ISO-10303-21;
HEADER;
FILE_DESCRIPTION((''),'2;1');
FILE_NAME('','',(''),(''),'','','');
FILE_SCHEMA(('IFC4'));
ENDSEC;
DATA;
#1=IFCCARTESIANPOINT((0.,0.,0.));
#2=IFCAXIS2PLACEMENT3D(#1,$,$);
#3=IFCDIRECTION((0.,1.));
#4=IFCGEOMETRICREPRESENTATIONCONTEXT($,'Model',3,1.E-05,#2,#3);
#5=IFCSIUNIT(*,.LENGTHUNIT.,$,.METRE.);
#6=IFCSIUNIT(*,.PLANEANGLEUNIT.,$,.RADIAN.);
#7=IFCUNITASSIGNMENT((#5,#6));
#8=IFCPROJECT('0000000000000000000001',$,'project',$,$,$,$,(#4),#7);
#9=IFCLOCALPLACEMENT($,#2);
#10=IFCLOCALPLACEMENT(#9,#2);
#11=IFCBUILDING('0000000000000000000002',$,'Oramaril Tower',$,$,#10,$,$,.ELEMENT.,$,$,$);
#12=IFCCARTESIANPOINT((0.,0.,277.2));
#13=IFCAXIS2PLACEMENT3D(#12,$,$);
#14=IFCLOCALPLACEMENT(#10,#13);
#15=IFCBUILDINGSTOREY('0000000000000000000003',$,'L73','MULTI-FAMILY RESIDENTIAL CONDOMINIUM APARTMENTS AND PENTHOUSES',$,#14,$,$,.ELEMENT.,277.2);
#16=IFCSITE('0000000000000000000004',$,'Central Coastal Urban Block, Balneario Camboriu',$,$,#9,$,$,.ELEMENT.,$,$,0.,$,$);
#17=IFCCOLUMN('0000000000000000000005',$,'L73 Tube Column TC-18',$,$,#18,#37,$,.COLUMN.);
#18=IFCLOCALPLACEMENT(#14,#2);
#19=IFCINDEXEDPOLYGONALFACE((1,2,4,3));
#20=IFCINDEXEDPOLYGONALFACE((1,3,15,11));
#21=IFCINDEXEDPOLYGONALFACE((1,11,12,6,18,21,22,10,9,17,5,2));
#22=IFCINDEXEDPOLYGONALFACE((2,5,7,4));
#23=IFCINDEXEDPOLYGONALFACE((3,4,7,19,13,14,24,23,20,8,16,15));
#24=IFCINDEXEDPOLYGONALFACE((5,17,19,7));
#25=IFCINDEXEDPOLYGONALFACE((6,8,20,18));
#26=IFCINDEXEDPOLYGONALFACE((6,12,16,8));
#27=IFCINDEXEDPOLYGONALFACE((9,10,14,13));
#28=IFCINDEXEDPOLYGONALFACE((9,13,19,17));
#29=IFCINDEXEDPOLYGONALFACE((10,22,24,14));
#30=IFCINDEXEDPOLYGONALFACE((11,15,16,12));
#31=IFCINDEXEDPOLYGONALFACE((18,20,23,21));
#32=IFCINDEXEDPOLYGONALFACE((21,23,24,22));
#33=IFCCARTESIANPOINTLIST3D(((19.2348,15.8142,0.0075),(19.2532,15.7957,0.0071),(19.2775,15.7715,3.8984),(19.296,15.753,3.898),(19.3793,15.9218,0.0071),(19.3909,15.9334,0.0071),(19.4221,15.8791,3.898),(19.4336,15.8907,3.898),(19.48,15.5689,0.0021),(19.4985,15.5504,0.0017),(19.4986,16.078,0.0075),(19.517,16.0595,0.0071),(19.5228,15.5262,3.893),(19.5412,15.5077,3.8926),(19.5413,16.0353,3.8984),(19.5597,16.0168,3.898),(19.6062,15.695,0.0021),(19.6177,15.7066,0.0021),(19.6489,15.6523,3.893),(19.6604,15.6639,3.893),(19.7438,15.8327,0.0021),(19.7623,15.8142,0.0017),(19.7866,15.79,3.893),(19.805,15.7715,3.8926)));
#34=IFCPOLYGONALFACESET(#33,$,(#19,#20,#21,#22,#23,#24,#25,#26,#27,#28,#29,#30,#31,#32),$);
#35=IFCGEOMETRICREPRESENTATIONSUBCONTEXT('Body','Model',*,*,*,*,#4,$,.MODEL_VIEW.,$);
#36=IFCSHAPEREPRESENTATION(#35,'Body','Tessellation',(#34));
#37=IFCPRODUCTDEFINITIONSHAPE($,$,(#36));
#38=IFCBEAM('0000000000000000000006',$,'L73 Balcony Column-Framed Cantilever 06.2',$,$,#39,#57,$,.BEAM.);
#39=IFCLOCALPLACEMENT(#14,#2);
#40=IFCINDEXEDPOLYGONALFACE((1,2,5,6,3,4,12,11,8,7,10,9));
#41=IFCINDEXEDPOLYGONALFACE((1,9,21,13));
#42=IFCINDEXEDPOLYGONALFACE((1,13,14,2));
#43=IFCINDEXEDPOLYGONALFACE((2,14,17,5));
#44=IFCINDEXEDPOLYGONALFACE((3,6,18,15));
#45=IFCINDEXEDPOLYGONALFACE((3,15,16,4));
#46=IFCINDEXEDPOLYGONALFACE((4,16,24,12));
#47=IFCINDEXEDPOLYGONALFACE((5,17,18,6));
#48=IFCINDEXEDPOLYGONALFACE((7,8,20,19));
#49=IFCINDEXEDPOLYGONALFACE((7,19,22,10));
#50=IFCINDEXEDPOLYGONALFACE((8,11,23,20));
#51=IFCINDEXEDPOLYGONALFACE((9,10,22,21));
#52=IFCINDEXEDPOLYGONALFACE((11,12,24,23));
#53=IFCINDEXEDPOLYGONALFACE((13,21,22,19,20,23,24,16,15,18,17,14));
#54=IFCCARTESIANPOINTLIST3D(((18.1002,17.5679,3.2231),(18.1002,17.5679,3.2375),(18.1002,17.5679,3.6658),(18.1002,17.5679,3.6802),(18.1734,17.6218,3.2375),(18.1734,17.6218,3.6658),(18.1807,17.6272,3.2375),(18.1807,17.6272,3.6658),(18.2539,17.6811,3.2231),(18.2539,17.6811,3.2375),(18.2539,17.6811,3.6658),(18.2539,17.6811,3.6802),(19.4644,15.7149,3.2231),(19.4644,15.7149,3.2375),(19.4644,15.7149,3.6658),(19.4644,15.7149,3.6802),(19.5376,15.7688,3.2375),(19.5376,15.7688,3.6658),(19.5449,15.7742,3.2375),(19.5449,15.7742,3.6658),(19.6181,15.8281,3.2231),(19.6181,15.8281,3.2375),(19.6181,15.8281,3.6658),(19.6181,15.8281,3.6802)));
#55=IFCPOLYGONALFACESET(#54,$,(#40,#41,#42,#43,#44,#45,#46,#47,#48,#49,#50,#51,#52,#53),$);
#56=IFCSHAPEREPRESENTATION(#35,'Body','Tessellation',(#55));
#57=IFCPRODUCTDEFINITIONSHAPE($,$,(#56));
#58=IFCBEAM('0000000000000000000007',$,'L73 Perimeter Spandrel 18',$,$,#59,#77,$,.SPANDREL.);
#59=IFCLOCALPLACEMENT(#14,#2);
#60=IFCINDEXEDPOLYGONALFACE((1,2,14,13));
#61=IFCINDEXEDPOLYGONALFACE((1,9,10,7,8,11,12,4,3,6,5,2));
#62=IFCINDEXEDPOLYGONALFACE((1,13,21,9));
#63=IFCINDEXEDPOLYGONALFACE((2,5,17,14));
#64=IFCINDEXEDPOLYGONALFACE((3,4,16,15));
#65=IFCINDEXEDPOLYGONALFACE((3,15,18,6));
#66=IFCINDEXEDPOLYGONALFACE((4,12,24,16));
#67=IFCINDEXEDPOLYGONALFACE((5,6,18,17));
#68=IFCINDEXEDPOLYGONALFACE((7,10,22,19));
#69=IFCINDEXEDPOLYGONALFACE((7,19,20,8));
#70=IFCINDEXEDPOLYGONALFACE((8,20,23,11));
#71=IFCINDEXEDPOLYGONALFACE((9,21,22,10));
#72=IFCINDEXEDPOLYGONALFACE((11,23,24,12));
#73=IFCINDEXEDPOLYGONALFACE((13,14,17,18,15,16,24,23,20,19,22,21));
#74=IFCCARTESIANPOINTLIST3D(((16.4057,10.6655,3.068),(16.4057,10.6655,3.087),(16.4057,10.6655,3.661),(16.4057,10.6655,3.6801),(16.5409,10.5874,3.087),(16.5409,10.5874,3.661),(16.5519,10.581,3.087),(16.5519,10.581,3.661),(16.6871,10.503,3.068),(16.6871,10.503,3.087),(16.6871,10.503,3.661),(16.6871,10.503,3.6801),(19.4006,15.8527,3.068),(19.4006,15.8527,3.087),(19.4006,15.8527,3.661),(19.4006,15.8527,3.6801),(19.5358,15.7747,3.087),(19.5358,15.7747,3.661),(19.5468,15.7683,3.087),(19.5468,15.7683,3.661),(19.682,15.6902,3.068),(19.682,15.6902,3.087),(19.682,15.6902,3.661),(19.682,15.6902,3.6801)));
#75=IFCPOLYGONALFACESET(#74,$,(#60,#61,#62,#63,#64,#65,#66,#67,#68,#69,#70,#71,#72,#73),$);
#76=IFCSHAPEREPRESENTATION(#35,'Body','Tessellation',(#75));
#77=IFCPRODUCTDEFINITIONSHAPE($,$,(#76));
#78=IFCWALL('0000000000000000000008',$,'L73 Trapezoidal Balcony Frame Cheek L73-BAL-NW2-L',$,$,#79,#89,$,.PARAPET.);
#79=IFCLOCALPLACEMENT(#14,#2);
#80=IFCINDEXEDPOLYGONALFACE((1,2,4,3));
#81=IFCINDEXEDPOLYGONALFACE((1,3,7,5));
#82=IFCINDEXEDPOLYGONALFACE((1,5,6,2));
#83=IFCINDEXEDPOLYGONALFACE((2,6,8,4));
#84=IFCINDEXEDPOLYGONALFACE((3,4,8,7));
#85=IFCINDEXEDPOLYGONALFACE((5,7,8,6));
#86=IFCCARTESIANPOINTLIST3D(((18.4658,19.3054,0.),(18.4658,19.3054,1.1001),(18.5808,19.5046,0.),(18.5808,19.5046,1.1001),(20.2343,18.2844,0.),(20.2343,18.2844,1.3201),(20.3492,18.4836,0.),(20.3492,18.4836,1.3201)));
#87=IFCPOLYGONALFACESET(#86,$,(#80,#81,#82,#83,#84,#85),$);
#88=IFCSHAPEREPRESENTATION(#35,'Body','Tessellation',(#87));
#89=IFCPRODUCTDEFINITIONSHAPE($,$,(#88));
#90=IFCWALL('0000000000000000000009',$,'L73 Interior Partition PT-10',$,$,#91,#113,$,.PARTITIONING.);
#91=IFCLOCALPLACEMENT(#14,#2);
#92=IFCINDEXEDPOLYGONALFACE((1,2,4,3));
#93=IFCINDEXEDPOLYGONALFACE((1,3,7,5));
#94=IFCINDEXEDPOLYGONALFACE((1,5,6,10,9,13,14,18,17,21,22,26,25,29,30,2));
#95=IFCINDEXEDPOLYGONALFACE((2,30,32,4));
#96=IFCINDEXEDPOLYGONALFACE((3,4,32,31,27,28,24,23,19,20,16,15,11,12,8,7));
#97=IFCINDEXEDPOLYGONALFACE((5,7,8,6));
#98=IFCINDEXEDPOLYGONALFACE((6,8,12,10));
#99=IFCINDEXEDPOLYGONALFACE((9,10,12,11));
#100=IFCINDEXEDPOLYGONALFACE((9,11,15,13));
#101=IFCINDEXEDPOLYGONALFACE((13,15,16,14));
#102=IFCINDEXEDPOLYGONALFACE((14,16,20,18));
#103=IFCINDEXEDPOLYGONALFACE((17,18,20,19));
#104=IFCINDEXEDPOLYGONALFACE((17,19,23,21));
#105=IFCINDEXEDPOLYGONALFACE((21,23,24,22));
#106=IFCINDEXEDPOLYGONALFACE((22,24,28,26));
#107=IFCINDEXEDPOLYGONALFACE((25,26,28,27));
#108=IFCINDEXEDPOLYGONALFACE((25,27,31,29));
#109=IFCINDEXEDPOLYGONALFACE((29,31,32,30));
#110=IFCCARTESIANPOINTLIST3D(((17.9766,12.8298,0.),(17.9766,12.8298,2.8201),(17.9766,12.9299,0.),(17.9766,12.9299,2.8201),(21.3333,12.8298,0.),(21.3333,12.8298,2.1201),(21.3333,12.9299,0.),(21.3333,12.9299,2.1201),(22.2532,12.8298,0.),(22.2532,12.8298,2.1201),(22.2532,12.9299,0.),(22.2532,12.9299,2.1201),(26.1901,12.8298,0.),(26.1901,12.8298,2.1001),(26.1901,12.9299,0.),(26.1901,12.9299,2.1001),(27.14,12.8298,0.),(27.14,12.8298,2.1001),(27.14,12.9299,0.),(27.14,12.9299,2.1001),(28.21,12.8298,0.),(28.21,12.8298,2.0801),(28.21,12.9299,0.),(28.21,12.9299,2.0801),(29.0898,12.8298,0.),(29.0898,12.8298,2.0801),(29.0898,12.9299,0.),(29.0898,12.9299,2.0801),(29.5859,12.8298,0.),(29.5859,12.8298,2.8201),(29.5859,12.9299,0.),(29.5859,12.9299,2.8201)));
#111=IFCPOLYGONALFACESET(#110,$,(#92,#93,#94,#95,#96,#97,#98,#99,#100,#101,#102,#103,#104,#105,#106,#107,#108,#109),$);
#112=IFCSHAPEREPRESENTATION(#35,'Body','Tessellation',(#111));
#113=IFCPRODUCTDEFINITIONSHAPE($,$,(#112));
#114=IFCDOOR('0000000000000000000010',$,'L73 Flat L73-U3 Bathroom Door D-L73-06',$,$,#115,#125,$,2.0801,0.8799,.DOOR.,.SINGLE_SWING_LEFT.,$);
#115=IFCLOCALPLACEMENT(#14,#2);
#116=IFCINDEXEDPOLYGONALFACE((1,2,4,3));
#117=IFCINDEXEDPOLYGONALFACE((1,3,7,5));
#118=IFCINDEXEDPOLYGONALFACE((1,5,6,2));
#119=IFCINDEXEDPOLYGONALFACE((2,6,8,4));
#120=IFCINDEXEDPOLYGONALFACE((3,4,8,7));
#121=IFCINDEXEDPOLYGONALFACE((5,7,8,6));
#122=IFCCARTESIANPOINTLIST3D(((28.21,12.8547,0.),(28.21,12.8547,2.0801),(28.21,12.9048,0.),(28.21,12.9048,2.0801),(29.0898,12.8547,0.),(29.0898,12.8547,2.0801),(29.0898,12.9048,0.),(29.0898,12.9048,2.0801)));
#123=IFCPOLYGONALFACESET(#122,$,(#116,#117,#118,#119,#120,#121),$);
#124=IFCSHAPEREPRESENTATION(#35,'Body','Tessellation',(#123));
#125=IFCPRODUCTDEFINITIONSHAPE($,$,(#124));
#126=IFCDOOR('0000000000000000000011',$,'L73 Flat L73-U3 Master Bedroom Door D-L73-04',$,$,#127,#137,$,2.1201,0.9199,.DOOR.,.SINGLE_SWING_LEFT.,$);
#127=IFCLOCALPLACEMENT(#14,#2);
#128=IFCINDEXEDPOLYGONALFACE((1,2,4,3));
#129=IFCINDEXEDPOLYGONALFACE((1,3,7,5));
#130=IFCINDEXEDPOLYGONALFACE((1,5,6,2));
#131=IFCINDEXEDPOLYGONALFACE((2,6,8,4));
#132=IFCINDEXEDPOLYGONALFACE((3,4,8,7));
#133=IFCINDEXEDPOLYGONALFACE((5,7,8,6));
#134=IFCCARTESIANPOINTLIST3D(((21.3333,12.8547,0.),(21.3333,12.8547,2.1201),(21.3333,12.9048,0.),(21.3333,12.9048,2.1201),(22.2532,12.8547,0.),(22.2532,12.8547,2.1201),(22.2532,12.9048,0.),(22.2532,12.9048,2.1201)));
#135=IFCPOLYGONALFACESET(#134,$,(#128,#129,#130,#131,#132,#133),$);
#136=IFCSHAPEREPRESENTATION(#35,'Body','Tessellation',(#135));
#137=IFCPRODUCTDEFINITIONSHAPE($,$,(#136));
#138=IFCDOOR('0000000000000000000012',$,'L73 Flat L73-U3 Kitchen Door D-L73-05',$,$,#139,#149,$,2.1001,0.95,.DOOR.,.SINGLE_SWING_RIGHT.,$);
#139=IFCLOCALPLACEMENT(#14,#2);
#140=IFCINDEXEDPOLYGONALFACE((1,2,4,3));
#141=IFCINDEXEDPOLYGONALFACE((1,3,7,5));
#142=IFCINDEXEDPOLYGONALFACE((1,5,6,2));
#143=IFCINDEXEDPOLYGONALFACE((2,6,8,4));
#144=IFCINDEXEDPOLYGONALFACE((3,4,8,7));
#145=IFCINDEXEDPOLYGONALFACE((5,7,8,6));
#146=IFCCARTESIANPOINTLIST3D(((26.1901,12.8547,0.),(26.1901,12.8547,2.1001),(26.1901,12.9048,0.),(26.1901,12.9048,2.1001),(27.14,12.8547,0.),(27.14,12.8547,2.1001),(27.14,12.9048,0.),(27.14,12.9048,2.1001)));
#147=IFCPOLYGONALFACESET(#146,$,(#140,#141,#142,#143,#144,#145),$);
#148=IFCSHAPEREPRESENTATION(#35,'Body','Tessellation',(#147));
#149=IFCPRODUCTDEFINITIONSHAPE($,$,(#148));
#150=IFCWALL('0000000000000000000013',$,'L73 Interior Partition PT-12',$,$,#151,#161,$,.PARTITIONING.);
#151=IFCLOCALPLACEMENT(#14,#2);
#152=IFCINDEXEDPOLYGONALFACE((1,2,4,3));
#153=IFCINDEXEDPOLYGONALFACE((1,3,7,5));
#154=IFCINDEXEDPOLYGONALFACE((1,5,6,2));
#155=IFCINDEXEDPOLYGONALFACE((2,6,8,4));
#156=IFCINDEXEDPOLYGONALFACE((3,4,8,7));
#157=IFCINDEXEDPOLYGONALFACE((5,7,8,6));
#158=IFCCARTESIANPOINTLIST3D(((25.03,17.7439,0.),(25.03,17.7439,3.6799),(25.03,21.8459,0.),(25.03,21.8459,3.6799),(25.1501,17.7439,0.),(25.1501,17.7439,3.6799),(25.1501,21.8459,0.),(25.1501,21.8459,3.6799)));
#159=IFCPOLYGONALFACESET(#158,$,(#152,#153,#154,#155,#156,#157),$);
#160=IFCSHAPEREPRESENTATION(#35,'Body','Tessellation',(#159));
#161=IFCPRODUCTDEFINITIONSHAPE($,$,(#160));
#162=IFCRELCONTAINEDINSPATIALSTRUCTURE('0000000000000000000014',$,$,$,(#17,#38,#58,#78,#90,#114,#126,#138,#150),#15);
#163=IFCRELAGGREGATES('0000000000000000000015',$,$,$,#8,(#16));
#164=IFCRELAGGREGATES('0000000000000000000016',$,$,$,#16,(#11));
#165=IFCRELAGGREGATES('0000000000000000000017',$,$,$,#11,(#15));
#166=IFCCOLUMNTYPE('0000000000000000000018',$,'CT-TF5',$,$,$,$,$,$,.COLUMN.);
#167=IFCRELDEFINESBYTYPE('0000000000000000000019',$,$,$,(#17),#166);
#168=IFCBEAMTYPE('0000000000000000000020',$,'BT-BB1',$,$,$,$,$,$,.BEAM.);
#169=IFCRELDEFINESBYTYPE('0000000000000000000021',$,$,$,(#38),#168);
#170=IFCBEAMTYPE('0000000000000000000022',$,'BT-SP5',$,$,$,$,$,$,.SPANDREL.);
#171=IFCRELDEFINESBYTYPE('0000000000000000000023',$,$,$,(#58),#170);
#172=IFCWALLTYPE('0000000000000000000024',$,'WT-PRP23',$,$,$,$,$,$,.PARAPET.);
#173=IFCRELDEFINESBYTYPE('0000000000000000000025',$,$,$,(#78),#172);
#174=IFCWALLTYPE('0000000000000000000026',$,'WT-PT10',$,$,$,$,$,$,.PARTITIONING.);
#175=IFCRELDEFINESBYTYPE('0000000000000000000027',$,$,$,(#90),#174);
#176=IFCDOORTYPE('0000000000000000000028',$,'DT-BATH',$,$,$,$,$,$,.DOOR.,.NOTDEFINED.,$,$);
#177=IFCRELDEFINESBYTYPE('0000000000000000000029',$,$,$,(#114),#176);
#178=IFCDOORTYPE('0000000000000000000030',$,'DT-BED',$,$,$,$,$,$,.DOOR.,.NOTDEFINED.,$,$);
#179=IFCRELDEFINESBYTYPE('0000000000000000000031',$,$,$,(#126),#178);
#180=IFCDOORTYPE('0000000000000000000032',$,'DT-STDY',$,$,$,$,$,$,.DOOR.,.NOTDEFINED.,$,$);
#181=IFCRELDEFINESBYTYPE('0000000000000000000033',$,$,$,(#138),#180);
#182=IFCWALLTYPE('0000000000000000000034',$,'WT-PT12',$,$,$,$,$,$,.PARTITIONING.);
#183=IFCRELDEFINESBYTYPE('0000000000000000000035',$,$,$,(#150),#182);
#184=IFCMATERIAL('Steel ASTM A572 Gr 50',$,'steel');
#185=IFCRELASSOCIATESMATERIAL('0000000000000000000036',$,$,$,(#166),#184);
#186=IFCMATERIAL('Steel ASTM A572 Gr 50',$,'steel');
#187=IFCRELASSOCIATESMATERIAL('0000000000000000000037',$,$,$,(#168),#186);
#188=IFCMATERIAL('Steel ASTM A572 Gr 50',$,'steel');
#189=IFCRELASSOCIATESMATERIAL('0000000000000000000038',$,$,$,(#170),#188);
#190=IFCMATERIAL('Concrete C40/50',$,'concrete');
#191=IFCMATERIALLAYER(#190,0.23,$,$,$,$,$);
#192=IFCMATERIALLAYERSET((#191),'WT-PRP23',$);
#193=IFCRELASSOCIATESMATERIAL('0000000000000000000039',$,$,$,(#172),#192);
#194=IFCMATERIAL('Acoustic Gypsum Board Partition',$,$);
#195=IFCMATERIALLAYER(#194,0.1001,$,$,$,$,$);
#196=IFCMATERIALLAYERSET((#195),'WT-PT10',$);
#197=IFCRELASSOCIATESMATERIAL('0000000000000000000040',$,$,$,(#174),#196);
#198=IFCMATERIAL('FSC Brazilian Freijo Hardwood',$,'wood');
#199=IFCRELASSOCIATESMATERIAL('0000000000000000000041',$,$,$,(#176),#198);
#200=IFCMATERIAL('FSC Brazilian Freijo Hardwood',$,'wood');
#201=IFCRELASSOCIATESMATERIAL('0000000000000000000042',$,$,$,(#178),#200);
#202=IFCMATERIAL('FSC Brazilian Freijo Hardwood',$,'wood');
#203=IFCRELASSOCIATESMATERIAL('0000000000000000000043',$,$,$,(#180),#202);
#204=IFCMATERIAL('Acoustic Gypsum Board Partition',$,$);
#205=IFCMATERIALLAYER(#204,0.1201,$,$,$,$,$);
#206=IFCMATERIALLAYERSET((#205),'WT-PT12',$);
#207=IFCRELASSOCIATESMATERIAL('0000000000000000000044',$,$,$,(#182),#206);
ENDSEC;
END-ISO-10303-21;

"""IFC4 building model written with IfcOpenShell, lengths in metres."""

from ifc_helpers import new_model, si_unit, direction, frame, frame_2d, origin, origin_2d, place, context, subcontext, project, spatial, polyline, rectangle, i_section, outline, extrude, material, layer, layer_set, material_profile, profile_set, type_object, element, fill, save


model = new_model("IFC4")

# Units and contexts
model_context = context("Model", 3, precision=1e-05, world=origin(), true_north=direction((0.0, 1.0)))
body_context = subcontext(model_context, "Body", "Model", "MODEL_VIEW")
ifc_project = project(units=[si_unit("LENGTHUNIT", "METRE"), si_unit("PLANEANGLEUNIT", "RADIAN")], contexts=[model_context])

# Site, building, storey
site_placement = place(None, origin())
site = spatial("IfcSite", under=ifc_project, at=site_placement, Name="Central Coastal Urban Block, Balneario Camboriu", CompositionType="ELEMENT", RefElevation=0.0)
building_placement = place(site_placement, origin())
building = spatial("IfcBuilding", under=site, at=building_placement, Name="Oramaril Tower", CompositionType="ELEMENT")
storey_placement = place(building_placement, frame((0.0, 0.0, 277.2)))
storey = spatial("IfcBuildingStorey", under=building, at=storey_placement, Name="L73", Description="MULTI-FAMILY RESIDENTIAL CONDOMINIUM APARTMENTS AND PENTHOUSES", CompositionType="ELEMENT", Elevation=277.2)

# Column
ifc_material_1 = material(Name="Steel ASTM A572 Gr 50", Category="steel")
ifc_material_profile_1 = material_profile(ifc_material_1, i_section(OverallWidth=0.373, OverallDepth=0.373, WebThickness=0.0164, FlangeThickness=0.0261, at=origin_2d()), Name="W14X132")
ifc_profile_set_1 = profile_set([ifc_material_profile_1], Name="Steel ASTM A572 Gr 50")
column_type = type_object("IfcColumnType", Name="CT-TF5", PredefinedType="COLUMN", material=ifc_profile_set_1)
column_placement = place(storey_placement, frame((19.4985, 15.8142, 0.0046), z_axis=(0.010979, -0.010979, 0.999879), x_axis=(0.707107, 0.707107, 0.0)))
element("IfcColumn", 1, at=column_placement, inside=storey, type_object=column_type, Name="L73 Tube Column TC-18", PredefinedType="COLUMN", context=body_context, shape_type="SweptSolid", body=[
    extrude(i_section(OverallWidth=0.373, OverallDepth=0.373, WebThickness=0.0164, FlangeThickness=0.0261, at=origin_2d()), origin(), (0.0, 0.0, 1.0), 3.8914),
])

# Beams
ifc_material_2 = material(Name="Steel ASTM A572 Gr 50", Category="steel")
ifc_material_profile_2 = material_profile(ifc_material_2, i_section(OverallWidth=0.1909, OverallDepth=0.457, WebThickness=0.009, FlangeThickness=0.0144, at=origin_2d()), Name="W18X50")
ifc_profile_set_2 = profile_set([ifc_material_profile_2], Name="Steel ASTM A572 Gr 50")
beam_type_1 = type_object("IfcBeamType", Name="BT-BB1", PredefinedType="BEAM", material=ifc_profile_set_2)
beam_1_placement = place(storey_placement, frame((19.5413, 15.7715, 3.4517), z_axis=(-0.592881, 0.80529, 0.0), x_axis=(-0.80529, -0.592881, 0.0)))
element("IfcBeam", 2, at=beam_1_placement, inside=storey, type_object=beam_type_1, Name="L73 Balcony Column-Framed Cantilever 06.2", PredefinedType="BEAM", context=body_context, shape_type="SweptSolid", body=[
    extrude(i_section(OverallWidth=0.1909, OverallDepth=0.457, WebThickness=0.009, FlangeThickness=0.0144, at=origin_2d()), origin(), (0.0, 0.0, 1.0), 2.301),
])
ifc_material_3 = material(Name="Steel ASTM A572 Gr 50", Category="steel")
ifc_material_profile_3 = material_profile(ifc_material_3, i_section(OverallWidth=0.325, OverallDepth=0.6121, WebThickness=0.0127, FlangeThickness=0.019, at=origin_2d()), Name="W24X104")
ifc_profile_set_3 = profile_set([ifc_material_profile_3], Name="Steel ASTM A572 Gr 50")
beam_type_2 = type_object("IfcBeamType", Name="BT-SP5", PredefinedType="SPANDREL", material=ifc_profile_set_3)
beam_2_placement = place(storey_placement, frame((19.5413, 15.7715, 3.374), z_axis=(-0.500001, -0.866025, 0.0), x_axis=(0.866025, -0.500001, 0.0)))
element("IfcBeam", 3, at=beam_2_placement, inside=storey, type_object=beam_type_2, Name="L73 Perimeter Spandrel 18", PredefinedType="SPANDREL", context=body_context, shape_type="SweptSolid", body=[
    extrude(i_section(OverallWidth=0.325, OverallDepth=0.6121, WebThickness=0.0127, FlangeThickness=0.019, at=origin_2d()), origin(), (0.0, 0.0, 1.0), 5.9897),
])

# Wall
ifc_material_4 = material(Name="Concrete C40/50", Category="concrete")
ifc_layer_1 = layer(ifc_material_4, 0.23)
ifc_layer_set_1 = layer_set([ifc_layer_1], Name="WT-PRP23")
wall_type_1 = type_object("IfcWallType", Name="WT-PRP23", PredefinedType="PARAPET", material=ifc_layer_set_1)
wall_1_placement = place(storey_placement, frame((20.2917, 18.384, 0.0), z_axis=(0.0, 0.0, 1.0), x_axis=(-0.866042, 0.499971, 0.0)))
element("IfcWall", 4, at=wall_1_placement, inside=storey, type_object=wall_type_1, Name="L73 Trapezoidal Balcony Frame Cheek L73-BAL-NW2-L", PredefinedType="PARAPET", context=body_context, shape_type="SweptSolid", body=[
    extrude(outline(polyline([(0.0, 0.0), (2.042, 0.0), (2.042, 1.1001), (0.0, 1.3201), (0.0, 0.0)])), frame((0.0, 0.115, 0.0), z_axis=(0.0, -1.0, 0.0), x_axis=(1.0, 0.0, 0.0)), (0.0, 0.0, 1.0), 0.23),
])

# Wall, openings, doors
ifc_material_5 = material(Name="Acoustic Gypsum Board Partition")
ifc_layer_2 = layer(ifc_material_5, 0.1001)
ifc_layer_set_2 = layer_set([ifc_layer_2], Name="WT-PT10")
wall_type_2 = type_object("IfcWallType", Name="WT-PT10", PredefinedType="PARTITIONING", material=ifc_layer_set_2)
wall_2_placement = place(storey_placement, frame((17.9766, 12.8799, 0.0), z_axis=(0.0, 0.0, 1.0), x_axis=(1.0, 0.0, 0.0)))
wall_2 = element("IfcWall", 5, at=wall_2_placement, inside=storey, type_object=wall_type_2, Name="L73 Interior Partition PT-10", PredefinedType="PARTITIONING", context=body_context, shape_type="SweptSolid", body=[
    extrude(rectangle(XDim=11.6094, YDim=0.1001, at=frame_2d((5.8047, 0.0))), origin(), (0.0, 0.0, 1.0), 2.8201),
])
opening_1_placement = place(wall_2_placement, frame((3.3567, 0.0, 0.0)))
opening_1 = element("IfcOpeningElement", 6, at=opening_1_placement, cuts=wall_2, PredefinedType="OPENING", context=body_context, shape_type="SweptSolid", body=[
    extrude(rectangle(XDim=0.9199, YDim=2.1201, at=frame_2d((0.46, 1.0601))), frame((0.0, 0.05, 0.0), z_axis=(0.0, -1.0, 0.0), x_axis=(1.0, 0.0, 0.0)), (0.0, 0.0, 1.0), 0.1001),
])
opening_2_placement = place(wall_2_placement, frame((8.2134, 0.0, 0.0)))
opening_2 = element("IfcOpeningElement", 7, at=opening_2_placement, cuts=wall_2, PredefinedType="OPENING", context=body_context, shape_type="SweptSolid", body=[
    extrude(rectangle(XDim=0.95, YDim=2.1001, at=frame_2d((0.4751, 1.05))), frame((0.0, 0.05, 0.0), z_axis=(0.0, -1.0, 0.0), x_axis=(1.0, 0.0, 0.0)), (0.0, 0.0, 1.0), 0.1001),
])
opening_3_placement = place(wall_2_placement, frame((10.2334, 0.0, 0.0)))
opening_3 = element("IfcOpeningElement", 8, at=opening_3_placement, cuts=wall_2, PredefinedType="OPENING", context=body_context, shape_type="SweptSolid", body=[
    extrude(rectangle(XDim=0.8799, YDim=2.0801, at=frame_2d((0.4399, 1.04))), frame((0.0, 0.05, 0.0), z_axis=(0.0, -1.0, 0.0), x_axis=(1.0, 0.0, 0.0)), (0.0, 0.0, 1.0), 0.1001),
])
ifc_material_6 = material(Name="FSC Brazilian Freijo Hardwood", Category="wood")
door_type_1 = type_object("IfcDoorType", Name="DT-BATH", OperationType="NOTDEFINED", PredefinedType="DOOR", material=ifc_material_6)
door_1_placement = place(opening_3_placement, origin())
door_1 = element("IfcDoor", 9, at=door_1_placement, inside=storey, type_object=door_type_1, Name="L73 Flat L73-U3 Bathroom Door D-L73-06", OperationType="SINGLE_SWING_LEFT", OverallHeight=2.0801, OverallWidth=0.8799, PredefinedType="DOOR", context=body_context, shape_type="SweptSolid", body=[
    extrude(rectangle(XDim=0.8799, YDim=2.0801, at=frame_2d((0.4399, 1.04))), frame((0.0, 0.0249, 0.0), z_axis=(0.0, -1.0, 0.0), x_axis=(1.0, 0.0, 0.0)), (0.0, 0.0, 1.0), 0.05),
])
fill(opening_3, door_1)
ifc_material_7 = material(Name="FSC Brazilian Freijo Hardwood", Category="wood")
door_type_2 = type_object("IfcDoorType", Name="DT-BED", OperationType="NOTDEFINED", PredefinedType="DOOR", material=ifc_material_7)
door_2_placement = place(opening_1_placement, origin())
door_2 = element("IfcDoor", 10, at=door_2_placement, inside=storey, type_object=door_type_2, Name="L73 Flat L73-U3 Master Bedroom Door D-L73-04", OperationType="SINGLE_SWING_LEFT", OverallHeight=2.1201, OverallWidth=0.9199, PredefinedType="DOOR", context=body_context, shape_type="SweptSolid", body=[
    extrude(rectangle(XDim=0.9199, YDim=2.1201, at=frame_2d((0.46, 1.0601))), frame((0.0, 0.0249, 0.0), z_axis=(0.0, -1.0, 0.0), x_axis=(1.0, 0.0, 0.0)), (0.0, 0.0, 1.0), 0.05),
])
fill(opening_1, door_2)
ifc_material_8 = material(Name="FSC Brazilian Freijo Hardwood", Category="wood")
door_type_3 = type_object("IfcDoorType", Name="DT-STDY", OperationType="NOTDEFINED", PredefinedType="DOOR", material=ifc_material_8)
door_3_placement = place(opening_2_placement, origin())
door_3 = element("IfcDoor", 11, at=door_3_placement, inside=storey, type_object=door_type_3, Name="L73 Flat L73-U3 Kitchen Door D-L73-05", OperationType="SINGLE_SWING_RIGHT", OverallHeight=2.1001, OverallWidth=0.95, PredefinedType="DOOR", context=body_context, shape_type="SweptSolid", body=[
    extrude(rectangle(XDim=0.95, YDim=2.1001, at=frame_2d((0.4751, 1.05))), frame((0.0, 0.0249, 0.0), z_axis=(0.0, -1.0, 0.0), x_axis=(1.0, 0.0, 0.0)), (0.0, 0.0, 1.0), 0.05),
])
fill(opening_2, door_3)

# Wall
ifc_material_9 = material(Name="Acoustic Gypsum Board Partition")
ifc_layer_3 = layer(ifc_material_9, 0.1201)
ifc_layer_set_3 = layer_set([ifc_layer_3], Name="WT-PT12")
wall_type_3 = type_object("IfcWallType", Name="WT-PT12", PredefinedType="PARTITIONING", material=ifc_layer_set_3)
for number, where, z_axis, x_axis, name in (
    (12, (25.0901, 17.7439, 0.0), (0.0, 0.0, 1.0), (0.0, 1.0, 0.0), "L73 Interior Partition PT-12"),
):
    element("IfcWall", number, at=place(storey_placement, frame(where, z_axis=z_axis, x_axis=x_axis)), inside=storey, type_object=wall_type_3, Name=name, PredefinedType="PARTITIONING", context=body_context, shape_type="SweptSolid", body=[
        extrude(rectangle(XDim=4.1021, YDim=0.1201, at=frame_2d((2.051, 0.0))), origin(), (0.0, 0.0, 1.0), 3.6799),
    ])

save(model, "model.ifc")
